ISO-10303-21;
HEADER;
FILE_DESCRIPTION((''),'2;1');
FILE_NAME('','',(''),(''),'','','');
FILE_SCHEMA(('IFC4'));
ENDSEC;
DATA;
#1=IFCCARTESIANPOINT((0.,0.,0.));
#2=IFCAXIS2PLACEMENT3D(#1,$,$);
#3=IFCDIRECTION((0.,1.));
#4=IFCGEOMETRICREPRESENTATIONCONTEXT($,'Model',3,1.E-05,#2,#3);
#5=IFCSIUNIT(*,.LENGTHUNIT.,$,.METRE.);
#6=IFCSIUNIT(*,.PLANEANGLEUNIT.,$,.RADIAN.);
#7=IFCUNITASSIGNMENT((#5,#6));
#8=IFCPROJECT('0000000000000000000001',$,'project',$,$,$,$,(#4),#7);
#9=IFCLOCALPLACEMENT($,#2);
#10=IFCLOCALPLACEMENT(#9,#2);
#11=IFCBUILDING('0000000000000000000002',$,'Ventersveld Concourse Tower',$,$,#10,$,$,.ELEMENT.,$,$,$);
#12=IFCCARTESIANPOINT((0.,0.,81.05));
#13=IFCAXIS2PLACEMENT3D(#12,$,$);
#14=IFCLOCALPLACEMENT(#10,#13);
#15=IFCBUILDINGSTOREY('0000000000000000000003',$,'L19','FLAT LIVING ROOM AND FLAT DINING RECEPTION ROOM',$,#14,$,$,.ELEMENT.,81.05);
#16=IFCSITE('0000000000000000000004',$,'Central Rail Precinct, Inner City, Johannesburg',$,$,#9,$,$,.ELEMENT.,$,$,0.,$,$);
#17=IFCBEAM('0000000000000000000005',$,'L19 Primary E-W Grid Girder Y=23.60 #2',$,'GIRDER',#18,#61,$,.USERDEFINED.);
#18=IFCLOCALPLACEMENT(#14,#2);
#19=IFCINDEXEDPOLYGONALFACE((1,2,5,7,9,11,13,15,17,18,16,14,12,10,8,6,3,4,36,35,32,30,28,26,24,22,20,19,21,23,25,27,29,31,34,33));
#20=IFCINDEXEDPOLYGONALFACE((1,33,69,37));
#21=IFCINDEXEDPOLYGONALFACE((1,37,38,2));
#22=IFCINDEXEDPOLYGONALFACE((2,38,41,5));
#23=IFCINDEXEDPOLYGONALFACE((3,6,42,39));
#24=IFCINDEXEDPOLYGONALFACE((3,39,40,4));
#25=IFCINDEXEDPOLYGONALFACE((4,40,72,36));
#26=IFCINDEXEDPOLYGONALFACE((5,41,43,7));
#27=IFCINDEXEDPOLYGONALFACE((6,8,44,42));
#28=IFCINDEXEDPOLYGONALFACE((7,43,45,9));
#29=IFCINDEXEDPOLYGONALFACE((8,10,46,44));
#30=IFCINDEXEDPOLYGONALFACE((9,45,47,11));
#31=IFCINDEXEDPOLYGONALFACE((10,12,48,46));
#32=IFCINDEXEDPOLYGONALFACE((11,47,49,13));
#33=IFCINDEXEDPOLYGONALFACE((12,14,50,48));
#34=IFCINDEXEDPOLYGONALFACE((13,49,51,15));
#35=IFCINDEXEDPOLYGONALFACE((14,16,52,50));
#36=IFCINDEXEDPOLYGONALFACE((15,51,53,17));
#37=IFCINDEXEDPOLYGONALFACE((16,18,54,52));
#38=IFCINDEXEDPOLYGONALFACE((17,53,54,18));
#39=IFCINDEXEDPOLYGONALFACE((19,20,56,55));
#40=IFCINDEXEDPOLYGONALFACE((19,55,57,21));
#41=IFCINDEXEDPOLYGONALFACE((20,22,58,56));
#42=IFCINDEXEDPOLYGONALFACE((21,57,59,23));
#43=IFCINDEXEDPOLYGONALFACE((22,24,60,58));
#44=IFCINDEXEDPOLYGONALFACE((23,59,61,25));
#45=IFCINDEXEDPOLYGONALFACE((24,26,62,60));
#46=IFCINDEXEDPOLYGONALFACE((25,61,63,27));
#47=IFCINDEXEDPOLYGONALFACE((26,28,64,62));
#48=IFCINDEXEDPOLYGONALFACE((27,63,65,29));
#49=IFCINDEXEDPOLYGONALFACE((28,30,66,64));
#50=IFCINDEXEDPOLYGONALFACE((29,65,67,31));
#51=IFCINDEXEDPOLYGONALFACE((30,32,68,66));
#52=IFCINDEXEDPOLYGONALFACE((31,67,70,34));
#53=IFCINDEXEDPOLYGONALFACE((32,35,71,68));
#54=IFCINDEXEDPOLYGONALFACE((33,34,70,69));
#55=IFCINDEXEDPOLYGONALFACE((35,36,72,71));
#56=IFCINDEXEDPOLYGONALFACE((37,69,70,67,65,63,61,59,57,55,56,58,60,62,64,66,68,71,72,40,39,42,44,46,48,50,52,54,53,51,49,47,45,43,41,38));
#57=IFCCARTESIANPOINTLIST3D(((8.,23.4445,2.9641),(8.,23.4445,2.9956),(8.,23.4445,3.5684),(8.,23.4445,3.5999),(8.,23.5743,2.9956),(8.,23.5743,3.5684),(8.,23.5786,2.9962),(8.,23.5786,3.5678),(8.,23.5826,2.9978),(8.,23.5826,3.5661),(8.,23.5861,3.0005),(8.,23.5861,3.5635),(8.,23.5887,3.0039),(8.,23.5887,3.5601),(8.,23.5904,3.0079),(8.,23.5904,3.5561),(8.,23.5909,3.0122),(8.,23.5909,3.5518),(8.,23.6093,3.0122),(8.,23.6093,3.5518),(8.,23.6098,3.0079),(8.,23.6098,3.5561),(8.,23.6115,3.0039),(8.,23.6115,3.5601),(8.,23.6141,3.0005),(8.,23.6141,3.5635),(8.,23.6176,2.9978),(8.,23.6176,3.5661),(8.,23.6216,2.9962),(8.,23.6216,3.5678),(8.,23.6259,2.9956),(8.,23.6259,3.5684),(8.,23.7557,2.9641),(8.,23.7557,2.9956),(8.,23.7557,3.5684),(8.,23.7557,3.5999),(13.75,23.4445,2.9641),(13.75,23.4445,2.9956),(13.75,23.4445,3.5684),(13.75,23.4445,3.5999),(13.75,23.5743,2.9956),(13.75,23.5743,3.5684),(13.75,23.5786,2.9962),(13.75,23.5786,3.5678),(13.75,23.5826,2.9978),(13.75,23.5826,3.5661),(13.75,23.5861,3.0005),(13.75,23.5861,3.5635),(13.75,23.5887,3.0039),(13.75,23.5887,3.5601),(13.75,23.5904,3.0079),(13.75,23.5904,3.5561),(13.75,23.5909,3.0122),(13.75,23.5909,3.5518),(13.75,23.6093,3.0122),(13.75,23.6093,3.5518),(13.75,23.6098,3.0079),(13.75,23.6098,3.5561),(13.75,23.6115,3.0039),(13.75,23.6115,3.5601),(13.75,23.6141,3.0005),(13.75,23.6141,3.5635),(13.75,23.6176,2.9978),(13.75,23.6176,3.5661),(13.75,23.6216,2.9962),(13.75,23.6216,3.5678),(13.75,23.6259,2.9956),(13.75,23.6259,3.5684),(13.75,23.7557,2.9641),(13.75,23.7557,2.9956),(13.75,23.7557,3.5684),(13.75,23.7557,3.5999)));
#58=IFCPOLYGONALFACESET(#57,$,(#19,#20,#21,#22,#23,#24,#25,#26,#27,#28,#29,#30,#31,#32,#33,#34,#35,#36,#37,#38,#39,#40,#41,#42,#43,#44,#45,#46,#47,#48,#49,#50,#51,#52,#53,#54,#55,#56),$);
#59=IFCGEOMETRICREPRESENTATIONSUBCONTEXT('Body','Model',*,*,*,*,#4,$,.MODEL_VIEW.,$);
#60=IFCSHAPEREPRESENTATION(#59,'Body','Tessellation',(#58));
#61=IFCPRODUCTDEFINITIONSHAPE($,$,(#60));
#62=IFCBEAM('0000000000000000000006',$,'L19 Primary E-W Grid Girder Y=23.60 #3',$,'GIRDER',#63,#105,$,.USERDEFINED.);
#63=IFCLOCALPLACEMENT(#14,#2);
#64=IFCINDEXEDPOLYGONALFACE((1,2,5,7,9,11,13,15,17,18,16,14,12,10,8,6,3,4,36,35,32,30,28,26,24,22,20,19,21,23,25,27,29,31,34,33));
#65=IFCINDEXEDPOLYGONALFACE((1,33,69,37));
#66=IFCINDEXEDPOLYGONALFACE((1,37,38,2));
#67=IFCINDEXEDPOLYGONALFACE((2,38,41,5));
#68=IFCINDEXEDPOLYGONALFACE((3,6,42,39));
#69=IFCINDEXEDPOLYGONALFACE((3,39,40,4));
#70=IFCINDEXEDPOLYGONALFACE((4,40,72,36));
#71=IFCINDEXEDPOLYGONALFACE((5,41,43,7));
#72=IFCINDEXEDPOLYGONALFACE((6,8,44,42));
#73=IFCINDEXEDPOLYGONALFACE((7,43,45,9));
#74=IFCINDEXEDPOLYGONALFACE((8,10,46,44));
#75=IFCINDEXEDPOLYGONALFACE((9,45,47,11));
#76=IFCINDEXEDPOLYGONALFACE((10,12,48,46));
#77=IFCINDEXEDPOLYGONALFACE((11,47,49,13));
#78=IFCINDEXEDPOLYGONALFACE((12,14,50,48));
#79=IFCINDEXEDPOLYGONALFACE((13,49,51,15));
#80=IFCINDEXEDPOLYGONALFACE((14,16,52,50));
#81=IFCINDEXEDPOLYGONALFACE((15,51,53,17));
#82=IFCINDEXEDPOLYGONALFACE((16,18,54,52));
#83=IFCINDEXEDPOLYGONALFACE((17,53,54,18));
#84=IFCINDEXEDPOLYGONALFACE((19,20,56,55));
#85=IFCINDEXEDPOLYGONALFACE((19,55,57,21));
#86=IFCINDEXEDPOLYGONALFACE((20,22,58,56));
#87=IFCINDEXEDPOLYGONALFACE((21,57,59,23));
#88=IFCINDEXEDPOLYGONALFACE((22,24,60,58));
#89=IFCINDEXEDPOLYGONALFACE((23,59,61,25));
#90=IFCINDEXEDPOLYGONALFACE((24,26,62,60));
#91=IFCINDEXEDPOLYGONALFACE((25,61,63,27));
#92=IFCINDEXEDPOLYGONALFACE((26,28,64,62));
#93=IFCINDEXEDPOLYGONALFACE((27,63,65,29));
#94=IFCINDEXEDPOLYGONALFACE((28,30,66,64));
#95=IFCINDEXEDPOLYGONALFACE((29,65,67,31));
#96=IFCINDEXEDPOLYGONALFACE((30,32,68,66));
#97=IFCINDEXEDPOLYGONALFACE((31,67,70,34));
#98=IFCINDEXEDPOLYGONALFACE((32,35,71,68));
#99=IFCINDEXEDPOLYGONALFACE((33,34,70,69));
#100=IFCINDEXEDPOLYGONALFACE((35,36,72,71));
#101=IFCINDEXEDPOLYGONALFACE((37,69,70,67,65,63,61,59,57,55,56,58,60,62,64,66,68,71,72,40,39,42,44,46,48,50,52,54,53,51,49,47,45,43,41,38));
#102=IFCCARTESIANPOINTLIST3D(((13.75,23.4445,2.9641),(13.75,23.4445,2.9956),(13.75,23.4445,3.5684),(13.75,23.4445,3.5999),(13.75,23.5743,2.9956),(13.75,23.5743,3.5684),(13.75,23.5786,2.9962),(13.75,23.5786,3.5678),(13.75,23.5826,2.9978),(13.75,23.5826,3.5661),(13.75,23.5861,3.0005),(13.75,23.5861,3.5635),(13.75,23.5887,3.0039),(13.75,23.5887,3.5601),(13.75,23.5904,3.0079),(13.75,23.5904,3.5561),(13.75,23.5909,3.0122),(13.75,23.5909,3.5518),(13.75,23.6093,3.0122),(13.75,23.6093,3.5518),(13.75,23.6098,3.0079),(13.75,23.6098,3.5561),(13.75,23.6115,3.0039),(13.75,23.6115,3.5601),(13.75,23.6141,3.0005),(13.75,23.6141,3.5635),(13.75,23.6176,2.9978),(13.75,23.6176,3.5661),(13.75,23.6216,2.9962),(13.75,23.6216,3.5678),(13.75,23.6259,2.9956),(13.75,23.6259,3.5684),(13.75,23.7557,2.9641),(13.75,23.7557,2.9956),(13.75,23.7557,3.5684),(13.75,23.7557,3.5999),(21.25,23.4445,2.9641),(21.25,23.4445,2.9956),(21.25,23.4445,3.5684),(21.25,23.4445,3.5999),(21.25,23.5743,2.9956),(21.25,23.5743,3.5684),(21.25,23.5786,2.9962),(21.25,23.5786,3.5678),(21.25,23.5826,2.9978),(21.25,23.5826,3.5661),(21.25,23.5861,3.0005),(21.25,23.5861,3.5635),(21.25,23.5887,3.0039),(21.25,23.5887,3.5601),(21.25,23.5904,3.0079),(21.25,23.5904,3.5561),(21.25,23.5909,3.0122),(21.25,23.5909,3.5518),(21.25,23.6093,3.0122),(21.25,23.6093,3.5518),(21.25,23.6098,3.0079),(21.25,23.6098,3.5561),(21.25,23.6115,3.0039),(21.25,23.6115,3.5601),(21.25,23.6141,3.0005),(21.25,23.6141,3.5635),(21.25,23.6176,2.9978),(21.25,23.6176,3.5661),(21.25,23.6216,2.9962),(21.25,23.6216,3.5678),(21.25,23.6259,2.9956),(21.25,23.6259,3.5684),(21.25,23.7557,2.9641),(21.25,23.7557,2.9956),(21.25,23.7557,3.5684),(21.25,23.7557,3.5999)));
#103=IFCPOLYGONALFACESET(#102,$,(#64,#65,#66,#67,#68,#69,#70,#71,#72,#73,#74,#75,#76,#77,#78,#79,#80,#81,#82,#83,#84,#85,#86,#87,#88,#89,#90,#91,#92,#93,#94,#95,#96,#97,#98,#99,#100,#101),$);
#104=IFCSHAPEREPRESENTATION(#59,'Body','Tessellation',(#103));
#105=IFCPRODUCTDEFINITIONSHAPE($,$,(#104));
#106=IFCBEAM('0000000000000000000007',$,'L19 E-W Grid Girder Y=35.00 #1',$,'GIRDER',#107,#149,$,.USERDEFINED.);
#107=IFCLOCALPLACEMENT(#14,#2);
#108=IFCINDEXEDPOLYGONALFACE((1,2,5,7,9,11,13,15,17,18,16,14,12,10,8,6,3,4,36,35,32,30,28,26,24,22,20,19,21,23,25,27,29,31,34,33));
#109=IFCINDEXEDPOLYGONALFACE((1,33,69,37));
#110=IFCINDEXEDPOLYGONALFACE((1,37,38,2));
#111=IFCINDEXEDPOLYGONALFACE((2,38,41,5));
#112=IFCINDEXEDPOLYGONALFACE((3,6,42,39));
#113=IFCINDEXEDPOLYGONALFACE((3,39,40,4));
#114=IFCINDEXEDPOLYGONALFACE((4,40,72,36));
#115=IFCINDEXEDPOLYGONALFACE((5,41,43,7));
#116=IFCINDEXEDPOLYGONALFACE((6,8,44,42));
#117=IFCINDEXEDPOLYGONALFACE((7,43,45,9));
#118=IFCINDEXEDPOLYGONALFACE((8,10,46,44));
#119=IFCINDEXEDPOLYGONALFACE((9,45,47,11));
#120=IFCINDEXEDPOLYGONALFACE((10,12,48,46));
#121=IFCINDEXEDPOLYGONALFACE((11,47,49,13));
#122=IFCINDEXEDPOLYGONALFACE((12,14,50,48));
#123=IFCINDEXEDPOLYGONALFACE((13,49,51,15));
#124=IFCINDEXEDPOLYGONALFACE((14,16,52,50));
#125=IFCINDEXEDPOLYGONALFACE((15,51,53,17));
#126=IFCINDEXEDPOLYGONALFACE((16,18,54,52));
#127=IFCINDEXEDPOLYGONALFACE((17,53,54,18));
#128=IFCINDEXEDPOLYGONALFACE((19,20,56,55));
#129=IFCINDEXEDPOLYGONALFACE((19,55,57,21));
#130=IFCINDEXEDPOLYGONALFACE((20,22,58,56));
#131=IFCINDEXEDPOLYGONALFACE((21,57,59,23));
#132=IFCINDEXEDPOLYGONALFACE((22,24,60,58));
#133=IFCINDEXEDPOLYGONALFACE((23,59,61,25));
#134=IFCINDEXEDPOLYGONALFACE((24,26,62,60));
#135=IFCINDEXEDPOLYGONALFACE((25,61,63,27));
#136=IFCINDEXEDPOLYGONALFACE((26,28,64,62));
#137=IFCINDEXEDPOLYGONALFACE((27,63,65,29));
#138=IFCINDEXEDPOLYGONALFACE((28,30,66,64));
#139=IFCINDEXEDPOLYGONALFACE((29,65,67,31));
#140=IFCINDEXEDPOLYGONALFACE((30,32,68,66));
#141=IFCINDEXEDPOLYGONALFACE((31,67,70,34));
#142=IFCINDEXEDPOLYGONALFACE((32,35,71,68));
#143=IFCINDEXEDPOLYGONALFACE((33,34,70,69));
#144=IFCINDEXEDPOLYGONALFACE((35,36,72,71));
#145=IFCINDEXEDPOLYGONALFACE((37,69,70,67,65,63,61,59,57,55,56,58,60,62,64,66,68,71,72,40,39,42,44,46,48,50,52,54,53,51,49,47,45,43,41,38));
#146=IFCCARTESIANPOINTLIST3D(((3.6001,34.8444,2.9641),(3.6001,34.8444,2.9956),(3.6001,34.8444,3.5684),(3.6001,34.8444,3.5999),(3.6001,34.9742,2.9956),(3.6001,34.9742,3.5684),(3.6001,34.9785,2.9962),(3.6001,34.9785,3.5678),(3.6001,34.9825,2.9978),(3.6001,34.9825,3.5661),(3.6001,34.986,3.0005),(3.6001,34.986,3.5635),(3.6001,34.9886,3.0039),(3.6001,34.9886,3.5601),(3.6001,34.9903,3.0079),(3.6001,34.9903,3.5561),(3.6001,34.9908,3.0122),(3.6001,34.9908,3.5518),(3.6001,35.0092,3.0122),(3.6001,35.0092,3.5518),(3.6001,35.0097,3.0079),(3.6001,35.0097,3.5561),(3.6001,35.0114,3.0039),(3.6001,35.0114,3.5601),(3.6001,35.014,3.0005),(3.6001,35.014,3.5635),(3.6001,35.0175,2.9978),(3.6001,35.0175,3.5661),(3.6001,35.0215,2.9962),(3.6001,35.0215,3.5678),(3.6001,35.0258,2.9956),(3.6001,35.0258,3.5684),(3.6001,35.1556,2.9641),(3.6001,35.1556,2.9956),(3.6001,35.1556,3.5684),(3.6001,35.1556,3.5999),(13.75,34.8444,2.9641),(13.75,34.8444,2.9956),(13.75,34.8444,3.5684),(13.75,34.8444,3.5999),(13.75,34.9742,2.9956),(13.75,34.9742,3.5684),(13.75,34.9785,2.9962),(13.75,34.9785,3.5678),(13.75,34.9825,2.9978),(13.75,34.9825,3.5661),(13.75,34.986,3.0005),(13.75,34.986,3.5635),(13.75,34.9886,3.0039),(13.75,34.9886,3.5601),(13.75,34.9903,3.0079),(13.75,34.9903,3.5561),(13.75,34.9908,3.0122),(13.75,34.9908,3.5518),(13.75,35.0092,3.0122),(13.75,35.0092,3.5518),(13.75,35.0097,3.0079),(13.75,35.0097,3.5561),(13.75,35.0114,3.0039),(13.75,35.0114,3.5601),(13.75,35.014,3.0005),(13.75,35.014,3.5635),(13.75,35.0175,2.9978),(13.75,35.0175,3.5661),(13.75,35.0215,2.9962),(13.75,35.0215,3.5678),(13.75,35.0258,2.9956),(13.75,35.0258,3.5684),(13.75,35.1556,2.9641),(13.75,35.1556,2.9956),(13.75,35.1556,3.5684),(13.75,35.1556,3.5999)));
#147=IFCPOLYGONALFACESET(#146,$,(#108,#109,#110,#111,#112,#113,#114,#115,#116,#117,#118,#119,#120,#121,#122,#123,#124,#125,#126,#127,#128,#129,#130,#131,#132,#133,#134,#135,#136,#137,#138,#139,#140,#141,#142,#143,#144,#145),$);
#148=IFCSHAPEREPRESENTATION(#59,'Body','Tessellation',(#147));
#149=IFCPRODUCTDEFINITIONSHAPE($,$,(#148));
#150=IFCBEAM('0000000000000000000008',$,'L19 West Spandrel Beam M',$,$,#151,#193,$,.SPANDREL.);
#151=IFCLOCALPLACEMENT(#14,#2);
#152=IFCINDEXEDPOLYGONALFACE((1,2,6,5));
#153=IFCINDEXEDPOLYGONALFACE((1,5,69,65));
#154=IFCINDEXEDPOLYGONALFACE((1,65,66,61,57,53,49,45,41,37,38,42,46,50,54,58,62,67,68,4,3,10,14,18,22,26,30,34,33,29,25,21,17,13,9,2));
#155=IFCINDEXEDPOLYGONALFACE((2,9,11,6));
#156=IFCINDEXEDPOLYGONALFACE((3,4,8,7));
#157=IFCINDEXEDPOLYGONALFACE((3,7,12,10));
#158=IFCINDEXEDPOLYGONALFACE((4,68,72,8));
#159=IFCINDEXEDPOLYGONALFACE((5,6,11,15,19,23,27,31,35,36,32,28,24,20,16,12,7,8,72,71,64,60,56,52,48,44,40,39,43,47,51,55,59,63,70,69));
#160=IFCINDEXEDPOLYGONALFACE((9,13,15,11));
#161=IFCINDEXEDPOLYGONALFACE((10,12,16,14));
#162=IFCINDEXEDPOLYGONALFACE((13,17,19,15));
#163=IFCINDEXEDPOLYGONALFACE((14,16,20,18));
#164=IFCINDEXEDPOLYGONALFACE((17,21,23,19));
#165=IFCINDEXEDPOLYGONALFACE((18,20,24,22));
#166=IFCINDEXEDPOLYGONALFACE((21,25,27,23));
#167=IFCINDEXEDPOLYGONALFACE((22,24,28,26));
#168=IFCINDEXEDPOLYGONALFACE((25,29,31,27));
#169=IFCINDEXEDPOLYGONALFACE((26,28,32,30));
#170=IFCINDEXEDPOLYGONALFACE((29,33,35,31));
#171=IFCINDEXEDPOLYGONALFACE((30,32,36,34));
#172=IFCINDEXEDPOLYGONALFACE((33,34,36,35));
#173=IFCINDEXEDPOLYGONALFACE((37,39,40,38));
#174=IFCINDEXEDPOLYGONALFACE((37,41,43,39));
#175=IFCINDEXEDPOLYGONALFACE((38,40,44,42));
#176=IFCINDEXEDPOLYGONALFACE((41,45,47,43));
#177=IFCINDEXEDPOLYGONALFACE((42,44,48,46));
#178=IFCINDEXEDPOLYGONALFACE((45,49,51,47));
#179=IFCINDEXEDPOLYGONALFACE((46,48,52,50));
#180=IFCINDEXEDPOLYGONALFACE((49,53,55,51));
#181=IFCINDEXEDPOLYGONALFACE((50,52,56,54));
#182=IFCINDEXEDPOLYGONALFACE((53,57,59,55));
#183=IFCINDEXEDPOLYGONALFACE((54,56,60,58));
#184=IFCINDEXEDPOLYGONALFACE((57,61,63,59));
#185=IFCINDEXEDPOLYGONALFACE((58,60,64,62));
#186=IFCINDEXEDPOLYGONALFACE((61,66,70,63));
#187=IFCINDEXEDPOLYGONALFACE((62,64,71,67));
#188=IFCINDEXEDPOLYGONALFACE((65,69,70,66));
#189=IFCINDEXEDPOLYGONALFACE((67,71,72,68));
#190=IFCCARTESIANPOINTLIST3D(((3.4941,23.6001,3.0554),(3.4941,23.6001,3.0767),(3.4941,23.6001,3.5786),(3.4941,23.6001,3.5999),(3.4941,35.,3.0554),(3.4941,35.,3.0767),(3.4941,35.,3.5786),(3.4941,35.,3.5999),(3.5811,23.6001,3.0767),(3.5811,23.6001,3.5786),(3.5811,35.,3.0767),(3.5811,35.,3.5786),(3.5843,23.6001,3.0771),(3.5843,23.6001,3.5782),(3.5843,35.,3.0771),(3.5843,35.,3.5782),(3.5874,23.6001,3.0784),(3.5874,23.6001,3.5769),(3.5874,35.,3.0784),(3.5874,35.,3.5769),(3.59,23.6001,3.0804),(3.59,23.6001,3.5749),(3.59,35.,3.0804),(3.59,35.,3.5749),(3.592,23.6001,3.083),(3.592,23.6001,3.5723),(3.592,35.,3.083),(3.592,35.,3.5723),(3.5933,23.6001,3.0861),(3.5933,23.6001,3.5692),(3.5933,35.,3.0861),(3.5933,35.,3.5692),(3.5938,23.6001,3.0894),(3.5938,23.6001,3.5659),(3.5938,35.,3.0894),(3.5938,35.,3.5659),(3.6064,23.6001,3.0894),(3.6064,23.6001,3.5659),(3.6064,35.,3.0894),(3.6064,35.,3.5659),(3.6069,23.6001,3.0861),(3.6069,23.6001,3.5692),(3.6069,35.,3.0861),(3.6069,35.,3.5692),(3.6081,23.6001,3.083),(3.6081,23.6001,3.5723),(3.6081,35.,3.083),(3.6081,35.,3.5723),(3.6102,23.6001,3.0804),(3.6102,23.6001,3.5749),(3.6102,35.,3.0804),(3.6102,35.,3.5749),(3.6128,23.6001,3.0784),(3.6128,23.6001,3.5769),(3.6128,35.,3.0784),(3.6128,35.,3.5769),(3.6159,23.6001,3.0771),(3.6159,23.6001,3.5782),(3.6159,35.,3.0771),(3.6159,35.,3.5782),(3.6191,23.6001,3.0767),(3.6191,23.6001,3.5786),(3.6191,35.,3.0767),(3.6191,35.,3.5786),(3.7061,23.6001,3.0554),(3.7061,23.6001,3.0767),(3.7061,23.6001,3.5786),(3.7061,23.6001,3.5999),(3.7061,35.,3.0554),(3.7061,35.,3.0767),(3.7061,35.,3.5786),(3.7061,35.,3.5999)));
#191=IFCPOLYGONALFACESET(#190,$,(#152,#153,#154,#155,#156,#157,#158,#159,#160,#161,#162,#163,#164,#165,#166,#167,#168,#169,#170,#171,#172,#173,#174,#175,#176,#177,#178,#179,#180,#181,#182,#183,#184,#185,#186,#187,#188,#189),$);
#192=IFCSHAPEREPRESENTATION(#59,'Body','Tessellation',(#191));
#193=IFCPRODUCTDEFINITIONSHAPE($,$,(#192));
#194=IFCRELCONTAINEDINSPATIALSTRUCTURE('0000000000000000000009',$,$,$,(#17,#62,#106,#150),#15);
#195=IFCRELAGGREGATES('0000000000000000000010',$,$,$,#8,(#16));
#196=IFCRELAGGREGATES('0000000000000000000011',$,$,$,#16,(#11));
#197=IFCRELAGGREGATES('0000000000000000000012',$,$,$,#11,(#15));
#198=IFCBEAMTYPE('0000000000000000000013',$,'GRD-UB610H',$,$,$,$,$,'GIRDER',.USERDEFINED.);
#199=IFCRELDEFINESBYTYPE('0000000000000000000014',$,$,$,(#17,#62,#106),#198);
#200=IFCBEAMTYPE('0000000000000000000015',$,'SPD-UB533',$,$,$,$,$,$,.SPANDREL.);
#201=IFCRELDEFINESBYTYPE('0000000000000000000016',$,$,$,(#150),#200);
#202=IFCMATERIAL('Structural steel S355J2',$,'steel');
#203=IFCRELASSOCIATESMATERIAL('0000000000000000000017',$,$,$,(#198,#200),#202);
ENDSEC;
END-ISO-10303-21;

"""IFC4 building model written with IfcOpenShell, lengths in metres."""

from ifc_helpers import new_model, si_unit, direction, frame, origin, origin_2d, place, context, subcontext, project, spatial, i_section, extrude, material, material_profile, profile_set, type_object, element, save


model = new_model("IFC4")

# Units and contexts
model_context = context("Model", 3, precision=1e-05, world=origin(), true_north=direction((0.0, 1.0)))
body_context = subcontext(model_context, "Body", "Model", "MODEL_VIEW")
ifc_project = project(units=[si_unit("LENGTHUNIT", "METRE"), si_unit("PLANEANGLEUNIT", "RADIAN")], contexts=[model_context])

# Site, building, storey
site_placement = place(None, origin())
site = spatial("IfcSite", under=ifc_project, at=site_placement, Name="Central Rail Precinct, Inner City, Johannesburg", CompositionType="ELEMENT", RefElevation=0.0)
building_placement = place(site_placement, origin())
building = spatial("IfcBuilding", under=site, at=building_placement, Name="Ventersveld Concourse Tower", CompositionType="ELEMENT")
storey_placement = place(building_placement, frame((0.0, 0.0, 81.05)))
storey = spatial("IfcBuildingStorey", under=building, at=storey_placement, Name="L19", Description="FLAT LIVING ROOM AND FLAT DINING RECEPTION ROOM", CompositionType="ELEMENT", Elevation=81.05)

# Beams
ifc_material_1 = material(Name="Structural steel S355J2", Category="steel")
ifc_material_profile_1 = material_profile(ifc_material_1, i_section(OverallWidth=0.3113, OverallDepth=0.6357, WebThickness=0.0183, FlangeThickness=0.0315, FilletRadius=0.0166, at=origin_2d()), Name="UB 610x305x238")
ifc_profile_set_1 = profile_set([ifc_material_profile_1], Name="Structural steel S355J2")
beam_type_1 = type_object("IfcBeamType", Name="GRD-UB610H", ElementType="GIRDER", PredefinedType="USERDEFINED", material=ifc_profile_set_1)
beam_1_placement = place(storey_placement, frame((8.0, 23.6001, 3.282), z_axis=(1.0, 0.0, 0.0), x_axis=(0.0, 1.0, 0.0)))
element("IfcBeam", 1, at=beam_1_placement, inside=storey, type_object=beam_type_1, Name="L19 Primary E-W Grid Girder Y=23.60 #2", ObjectType="GIRDER", PredefinedType="USERDEFINED", context=body_context, shape_type="SweptSolid", body=[
    extrude(i_section(OverallWidth=0.3113, OverallDepth=0.6357, WebThickness=0.0183, FlangeThickness=0.0315, FilletRadius=0.0166, at=origin_2d()), origin(), (0.0, 0.0, 1.0), 5.75),
])
beam_2_placement = place(storey_placement, frame((13.75, 23.6001, 3.282), z_axis=(1.0, 0.0, 0.0), x_axis=(0.0, 1.0, 0.0)))
element("IfcBeam", 2, at=beam_2_placement, inside=storey, type_object=beam_type_1, Name="L19 Primary E-W Grid Girder Y=23.60 #3", ObjectType="GIRDER", PredefinedType="USERDEFINED", context=body_context, shape_type="SweptSolid", body=[
    extrude(i_section(OverallWidth=0.3113, OverallDepth=0.6357, WebThickness=0.0183, FlangeThickness=0.0315, FilletRadius=0.0166, at=origin_2d()), origin(), (0.0, 0.0, 1.0), 7.5),
])
beam_3_placement = place(storey_placement, frame((3.6001, 35.0, 3.282), z_axis=(1.0, 0.0, 0.0), x_axis=(0.0, 1.0, 0.0)))
element("IfcBeam", 3, at=beam_3_placement, inside=storey, type_object=beam_type_1, Name="L19 E-W Grid Girder Y=35.00 #1", ObjectType="GIRDER", PredefinedType="USERDEFINED", context=body_context, shape_type="SweptSolid", body=[
    extrude(i_section(OverallWidth=0.3113, OverallDepth=0.6357, WebThickness=0.0183, FlangeThickness=0.0315, FilletRadius=0.0166, at=origin_2d()), origin(), (0.0, 0.0, 1.0), 10.1499),
])
ifc_material_profile_2 = material_profile(ifc_material_1, i_section(OverallWidth=0.2119, OverallDepth=0.5444, WebThickness=0.0127, FlangeThickness=0.0212, FilletRadius=0.0127, at=origin_2d()), Name="UB 533x210x122")
ifc_profile_set_2 = profile_set([ifc_material_profile_2], Name="Structural steel S355J2")
beam_type_2 = type_object("IfcBeamType", Name="SPD-UB533", PredefinedType="SPANDREL", material=ifc_profile_set_2)
beam_4_placement = place(storey_placement, frame((3.6001, 23.6001, 3.3276), z_axis=(0.0, 1.0, 0.0), x_axis=(-1.0, 0.0, 0.0)))
element("IfcBeam", 4, at=beam_4_placement, inside=storey, type_object=beam_type_2, Name="L19 West Spandrel Beam M", PredefinedType="SPANDREL", context=body_context, shape_type="SweptSolid", body=[
    extrude(i_section(OverallWidth=0.2119, OverallDepth=0.5444, WebThickness=0.0127, FlangeThickness=0.0212, FilletRadius=0.0127, at=origin_2d()), origin(), (0.0, 0.0, 1.0), 11.3999),
])

save(model, "model.ifc")
